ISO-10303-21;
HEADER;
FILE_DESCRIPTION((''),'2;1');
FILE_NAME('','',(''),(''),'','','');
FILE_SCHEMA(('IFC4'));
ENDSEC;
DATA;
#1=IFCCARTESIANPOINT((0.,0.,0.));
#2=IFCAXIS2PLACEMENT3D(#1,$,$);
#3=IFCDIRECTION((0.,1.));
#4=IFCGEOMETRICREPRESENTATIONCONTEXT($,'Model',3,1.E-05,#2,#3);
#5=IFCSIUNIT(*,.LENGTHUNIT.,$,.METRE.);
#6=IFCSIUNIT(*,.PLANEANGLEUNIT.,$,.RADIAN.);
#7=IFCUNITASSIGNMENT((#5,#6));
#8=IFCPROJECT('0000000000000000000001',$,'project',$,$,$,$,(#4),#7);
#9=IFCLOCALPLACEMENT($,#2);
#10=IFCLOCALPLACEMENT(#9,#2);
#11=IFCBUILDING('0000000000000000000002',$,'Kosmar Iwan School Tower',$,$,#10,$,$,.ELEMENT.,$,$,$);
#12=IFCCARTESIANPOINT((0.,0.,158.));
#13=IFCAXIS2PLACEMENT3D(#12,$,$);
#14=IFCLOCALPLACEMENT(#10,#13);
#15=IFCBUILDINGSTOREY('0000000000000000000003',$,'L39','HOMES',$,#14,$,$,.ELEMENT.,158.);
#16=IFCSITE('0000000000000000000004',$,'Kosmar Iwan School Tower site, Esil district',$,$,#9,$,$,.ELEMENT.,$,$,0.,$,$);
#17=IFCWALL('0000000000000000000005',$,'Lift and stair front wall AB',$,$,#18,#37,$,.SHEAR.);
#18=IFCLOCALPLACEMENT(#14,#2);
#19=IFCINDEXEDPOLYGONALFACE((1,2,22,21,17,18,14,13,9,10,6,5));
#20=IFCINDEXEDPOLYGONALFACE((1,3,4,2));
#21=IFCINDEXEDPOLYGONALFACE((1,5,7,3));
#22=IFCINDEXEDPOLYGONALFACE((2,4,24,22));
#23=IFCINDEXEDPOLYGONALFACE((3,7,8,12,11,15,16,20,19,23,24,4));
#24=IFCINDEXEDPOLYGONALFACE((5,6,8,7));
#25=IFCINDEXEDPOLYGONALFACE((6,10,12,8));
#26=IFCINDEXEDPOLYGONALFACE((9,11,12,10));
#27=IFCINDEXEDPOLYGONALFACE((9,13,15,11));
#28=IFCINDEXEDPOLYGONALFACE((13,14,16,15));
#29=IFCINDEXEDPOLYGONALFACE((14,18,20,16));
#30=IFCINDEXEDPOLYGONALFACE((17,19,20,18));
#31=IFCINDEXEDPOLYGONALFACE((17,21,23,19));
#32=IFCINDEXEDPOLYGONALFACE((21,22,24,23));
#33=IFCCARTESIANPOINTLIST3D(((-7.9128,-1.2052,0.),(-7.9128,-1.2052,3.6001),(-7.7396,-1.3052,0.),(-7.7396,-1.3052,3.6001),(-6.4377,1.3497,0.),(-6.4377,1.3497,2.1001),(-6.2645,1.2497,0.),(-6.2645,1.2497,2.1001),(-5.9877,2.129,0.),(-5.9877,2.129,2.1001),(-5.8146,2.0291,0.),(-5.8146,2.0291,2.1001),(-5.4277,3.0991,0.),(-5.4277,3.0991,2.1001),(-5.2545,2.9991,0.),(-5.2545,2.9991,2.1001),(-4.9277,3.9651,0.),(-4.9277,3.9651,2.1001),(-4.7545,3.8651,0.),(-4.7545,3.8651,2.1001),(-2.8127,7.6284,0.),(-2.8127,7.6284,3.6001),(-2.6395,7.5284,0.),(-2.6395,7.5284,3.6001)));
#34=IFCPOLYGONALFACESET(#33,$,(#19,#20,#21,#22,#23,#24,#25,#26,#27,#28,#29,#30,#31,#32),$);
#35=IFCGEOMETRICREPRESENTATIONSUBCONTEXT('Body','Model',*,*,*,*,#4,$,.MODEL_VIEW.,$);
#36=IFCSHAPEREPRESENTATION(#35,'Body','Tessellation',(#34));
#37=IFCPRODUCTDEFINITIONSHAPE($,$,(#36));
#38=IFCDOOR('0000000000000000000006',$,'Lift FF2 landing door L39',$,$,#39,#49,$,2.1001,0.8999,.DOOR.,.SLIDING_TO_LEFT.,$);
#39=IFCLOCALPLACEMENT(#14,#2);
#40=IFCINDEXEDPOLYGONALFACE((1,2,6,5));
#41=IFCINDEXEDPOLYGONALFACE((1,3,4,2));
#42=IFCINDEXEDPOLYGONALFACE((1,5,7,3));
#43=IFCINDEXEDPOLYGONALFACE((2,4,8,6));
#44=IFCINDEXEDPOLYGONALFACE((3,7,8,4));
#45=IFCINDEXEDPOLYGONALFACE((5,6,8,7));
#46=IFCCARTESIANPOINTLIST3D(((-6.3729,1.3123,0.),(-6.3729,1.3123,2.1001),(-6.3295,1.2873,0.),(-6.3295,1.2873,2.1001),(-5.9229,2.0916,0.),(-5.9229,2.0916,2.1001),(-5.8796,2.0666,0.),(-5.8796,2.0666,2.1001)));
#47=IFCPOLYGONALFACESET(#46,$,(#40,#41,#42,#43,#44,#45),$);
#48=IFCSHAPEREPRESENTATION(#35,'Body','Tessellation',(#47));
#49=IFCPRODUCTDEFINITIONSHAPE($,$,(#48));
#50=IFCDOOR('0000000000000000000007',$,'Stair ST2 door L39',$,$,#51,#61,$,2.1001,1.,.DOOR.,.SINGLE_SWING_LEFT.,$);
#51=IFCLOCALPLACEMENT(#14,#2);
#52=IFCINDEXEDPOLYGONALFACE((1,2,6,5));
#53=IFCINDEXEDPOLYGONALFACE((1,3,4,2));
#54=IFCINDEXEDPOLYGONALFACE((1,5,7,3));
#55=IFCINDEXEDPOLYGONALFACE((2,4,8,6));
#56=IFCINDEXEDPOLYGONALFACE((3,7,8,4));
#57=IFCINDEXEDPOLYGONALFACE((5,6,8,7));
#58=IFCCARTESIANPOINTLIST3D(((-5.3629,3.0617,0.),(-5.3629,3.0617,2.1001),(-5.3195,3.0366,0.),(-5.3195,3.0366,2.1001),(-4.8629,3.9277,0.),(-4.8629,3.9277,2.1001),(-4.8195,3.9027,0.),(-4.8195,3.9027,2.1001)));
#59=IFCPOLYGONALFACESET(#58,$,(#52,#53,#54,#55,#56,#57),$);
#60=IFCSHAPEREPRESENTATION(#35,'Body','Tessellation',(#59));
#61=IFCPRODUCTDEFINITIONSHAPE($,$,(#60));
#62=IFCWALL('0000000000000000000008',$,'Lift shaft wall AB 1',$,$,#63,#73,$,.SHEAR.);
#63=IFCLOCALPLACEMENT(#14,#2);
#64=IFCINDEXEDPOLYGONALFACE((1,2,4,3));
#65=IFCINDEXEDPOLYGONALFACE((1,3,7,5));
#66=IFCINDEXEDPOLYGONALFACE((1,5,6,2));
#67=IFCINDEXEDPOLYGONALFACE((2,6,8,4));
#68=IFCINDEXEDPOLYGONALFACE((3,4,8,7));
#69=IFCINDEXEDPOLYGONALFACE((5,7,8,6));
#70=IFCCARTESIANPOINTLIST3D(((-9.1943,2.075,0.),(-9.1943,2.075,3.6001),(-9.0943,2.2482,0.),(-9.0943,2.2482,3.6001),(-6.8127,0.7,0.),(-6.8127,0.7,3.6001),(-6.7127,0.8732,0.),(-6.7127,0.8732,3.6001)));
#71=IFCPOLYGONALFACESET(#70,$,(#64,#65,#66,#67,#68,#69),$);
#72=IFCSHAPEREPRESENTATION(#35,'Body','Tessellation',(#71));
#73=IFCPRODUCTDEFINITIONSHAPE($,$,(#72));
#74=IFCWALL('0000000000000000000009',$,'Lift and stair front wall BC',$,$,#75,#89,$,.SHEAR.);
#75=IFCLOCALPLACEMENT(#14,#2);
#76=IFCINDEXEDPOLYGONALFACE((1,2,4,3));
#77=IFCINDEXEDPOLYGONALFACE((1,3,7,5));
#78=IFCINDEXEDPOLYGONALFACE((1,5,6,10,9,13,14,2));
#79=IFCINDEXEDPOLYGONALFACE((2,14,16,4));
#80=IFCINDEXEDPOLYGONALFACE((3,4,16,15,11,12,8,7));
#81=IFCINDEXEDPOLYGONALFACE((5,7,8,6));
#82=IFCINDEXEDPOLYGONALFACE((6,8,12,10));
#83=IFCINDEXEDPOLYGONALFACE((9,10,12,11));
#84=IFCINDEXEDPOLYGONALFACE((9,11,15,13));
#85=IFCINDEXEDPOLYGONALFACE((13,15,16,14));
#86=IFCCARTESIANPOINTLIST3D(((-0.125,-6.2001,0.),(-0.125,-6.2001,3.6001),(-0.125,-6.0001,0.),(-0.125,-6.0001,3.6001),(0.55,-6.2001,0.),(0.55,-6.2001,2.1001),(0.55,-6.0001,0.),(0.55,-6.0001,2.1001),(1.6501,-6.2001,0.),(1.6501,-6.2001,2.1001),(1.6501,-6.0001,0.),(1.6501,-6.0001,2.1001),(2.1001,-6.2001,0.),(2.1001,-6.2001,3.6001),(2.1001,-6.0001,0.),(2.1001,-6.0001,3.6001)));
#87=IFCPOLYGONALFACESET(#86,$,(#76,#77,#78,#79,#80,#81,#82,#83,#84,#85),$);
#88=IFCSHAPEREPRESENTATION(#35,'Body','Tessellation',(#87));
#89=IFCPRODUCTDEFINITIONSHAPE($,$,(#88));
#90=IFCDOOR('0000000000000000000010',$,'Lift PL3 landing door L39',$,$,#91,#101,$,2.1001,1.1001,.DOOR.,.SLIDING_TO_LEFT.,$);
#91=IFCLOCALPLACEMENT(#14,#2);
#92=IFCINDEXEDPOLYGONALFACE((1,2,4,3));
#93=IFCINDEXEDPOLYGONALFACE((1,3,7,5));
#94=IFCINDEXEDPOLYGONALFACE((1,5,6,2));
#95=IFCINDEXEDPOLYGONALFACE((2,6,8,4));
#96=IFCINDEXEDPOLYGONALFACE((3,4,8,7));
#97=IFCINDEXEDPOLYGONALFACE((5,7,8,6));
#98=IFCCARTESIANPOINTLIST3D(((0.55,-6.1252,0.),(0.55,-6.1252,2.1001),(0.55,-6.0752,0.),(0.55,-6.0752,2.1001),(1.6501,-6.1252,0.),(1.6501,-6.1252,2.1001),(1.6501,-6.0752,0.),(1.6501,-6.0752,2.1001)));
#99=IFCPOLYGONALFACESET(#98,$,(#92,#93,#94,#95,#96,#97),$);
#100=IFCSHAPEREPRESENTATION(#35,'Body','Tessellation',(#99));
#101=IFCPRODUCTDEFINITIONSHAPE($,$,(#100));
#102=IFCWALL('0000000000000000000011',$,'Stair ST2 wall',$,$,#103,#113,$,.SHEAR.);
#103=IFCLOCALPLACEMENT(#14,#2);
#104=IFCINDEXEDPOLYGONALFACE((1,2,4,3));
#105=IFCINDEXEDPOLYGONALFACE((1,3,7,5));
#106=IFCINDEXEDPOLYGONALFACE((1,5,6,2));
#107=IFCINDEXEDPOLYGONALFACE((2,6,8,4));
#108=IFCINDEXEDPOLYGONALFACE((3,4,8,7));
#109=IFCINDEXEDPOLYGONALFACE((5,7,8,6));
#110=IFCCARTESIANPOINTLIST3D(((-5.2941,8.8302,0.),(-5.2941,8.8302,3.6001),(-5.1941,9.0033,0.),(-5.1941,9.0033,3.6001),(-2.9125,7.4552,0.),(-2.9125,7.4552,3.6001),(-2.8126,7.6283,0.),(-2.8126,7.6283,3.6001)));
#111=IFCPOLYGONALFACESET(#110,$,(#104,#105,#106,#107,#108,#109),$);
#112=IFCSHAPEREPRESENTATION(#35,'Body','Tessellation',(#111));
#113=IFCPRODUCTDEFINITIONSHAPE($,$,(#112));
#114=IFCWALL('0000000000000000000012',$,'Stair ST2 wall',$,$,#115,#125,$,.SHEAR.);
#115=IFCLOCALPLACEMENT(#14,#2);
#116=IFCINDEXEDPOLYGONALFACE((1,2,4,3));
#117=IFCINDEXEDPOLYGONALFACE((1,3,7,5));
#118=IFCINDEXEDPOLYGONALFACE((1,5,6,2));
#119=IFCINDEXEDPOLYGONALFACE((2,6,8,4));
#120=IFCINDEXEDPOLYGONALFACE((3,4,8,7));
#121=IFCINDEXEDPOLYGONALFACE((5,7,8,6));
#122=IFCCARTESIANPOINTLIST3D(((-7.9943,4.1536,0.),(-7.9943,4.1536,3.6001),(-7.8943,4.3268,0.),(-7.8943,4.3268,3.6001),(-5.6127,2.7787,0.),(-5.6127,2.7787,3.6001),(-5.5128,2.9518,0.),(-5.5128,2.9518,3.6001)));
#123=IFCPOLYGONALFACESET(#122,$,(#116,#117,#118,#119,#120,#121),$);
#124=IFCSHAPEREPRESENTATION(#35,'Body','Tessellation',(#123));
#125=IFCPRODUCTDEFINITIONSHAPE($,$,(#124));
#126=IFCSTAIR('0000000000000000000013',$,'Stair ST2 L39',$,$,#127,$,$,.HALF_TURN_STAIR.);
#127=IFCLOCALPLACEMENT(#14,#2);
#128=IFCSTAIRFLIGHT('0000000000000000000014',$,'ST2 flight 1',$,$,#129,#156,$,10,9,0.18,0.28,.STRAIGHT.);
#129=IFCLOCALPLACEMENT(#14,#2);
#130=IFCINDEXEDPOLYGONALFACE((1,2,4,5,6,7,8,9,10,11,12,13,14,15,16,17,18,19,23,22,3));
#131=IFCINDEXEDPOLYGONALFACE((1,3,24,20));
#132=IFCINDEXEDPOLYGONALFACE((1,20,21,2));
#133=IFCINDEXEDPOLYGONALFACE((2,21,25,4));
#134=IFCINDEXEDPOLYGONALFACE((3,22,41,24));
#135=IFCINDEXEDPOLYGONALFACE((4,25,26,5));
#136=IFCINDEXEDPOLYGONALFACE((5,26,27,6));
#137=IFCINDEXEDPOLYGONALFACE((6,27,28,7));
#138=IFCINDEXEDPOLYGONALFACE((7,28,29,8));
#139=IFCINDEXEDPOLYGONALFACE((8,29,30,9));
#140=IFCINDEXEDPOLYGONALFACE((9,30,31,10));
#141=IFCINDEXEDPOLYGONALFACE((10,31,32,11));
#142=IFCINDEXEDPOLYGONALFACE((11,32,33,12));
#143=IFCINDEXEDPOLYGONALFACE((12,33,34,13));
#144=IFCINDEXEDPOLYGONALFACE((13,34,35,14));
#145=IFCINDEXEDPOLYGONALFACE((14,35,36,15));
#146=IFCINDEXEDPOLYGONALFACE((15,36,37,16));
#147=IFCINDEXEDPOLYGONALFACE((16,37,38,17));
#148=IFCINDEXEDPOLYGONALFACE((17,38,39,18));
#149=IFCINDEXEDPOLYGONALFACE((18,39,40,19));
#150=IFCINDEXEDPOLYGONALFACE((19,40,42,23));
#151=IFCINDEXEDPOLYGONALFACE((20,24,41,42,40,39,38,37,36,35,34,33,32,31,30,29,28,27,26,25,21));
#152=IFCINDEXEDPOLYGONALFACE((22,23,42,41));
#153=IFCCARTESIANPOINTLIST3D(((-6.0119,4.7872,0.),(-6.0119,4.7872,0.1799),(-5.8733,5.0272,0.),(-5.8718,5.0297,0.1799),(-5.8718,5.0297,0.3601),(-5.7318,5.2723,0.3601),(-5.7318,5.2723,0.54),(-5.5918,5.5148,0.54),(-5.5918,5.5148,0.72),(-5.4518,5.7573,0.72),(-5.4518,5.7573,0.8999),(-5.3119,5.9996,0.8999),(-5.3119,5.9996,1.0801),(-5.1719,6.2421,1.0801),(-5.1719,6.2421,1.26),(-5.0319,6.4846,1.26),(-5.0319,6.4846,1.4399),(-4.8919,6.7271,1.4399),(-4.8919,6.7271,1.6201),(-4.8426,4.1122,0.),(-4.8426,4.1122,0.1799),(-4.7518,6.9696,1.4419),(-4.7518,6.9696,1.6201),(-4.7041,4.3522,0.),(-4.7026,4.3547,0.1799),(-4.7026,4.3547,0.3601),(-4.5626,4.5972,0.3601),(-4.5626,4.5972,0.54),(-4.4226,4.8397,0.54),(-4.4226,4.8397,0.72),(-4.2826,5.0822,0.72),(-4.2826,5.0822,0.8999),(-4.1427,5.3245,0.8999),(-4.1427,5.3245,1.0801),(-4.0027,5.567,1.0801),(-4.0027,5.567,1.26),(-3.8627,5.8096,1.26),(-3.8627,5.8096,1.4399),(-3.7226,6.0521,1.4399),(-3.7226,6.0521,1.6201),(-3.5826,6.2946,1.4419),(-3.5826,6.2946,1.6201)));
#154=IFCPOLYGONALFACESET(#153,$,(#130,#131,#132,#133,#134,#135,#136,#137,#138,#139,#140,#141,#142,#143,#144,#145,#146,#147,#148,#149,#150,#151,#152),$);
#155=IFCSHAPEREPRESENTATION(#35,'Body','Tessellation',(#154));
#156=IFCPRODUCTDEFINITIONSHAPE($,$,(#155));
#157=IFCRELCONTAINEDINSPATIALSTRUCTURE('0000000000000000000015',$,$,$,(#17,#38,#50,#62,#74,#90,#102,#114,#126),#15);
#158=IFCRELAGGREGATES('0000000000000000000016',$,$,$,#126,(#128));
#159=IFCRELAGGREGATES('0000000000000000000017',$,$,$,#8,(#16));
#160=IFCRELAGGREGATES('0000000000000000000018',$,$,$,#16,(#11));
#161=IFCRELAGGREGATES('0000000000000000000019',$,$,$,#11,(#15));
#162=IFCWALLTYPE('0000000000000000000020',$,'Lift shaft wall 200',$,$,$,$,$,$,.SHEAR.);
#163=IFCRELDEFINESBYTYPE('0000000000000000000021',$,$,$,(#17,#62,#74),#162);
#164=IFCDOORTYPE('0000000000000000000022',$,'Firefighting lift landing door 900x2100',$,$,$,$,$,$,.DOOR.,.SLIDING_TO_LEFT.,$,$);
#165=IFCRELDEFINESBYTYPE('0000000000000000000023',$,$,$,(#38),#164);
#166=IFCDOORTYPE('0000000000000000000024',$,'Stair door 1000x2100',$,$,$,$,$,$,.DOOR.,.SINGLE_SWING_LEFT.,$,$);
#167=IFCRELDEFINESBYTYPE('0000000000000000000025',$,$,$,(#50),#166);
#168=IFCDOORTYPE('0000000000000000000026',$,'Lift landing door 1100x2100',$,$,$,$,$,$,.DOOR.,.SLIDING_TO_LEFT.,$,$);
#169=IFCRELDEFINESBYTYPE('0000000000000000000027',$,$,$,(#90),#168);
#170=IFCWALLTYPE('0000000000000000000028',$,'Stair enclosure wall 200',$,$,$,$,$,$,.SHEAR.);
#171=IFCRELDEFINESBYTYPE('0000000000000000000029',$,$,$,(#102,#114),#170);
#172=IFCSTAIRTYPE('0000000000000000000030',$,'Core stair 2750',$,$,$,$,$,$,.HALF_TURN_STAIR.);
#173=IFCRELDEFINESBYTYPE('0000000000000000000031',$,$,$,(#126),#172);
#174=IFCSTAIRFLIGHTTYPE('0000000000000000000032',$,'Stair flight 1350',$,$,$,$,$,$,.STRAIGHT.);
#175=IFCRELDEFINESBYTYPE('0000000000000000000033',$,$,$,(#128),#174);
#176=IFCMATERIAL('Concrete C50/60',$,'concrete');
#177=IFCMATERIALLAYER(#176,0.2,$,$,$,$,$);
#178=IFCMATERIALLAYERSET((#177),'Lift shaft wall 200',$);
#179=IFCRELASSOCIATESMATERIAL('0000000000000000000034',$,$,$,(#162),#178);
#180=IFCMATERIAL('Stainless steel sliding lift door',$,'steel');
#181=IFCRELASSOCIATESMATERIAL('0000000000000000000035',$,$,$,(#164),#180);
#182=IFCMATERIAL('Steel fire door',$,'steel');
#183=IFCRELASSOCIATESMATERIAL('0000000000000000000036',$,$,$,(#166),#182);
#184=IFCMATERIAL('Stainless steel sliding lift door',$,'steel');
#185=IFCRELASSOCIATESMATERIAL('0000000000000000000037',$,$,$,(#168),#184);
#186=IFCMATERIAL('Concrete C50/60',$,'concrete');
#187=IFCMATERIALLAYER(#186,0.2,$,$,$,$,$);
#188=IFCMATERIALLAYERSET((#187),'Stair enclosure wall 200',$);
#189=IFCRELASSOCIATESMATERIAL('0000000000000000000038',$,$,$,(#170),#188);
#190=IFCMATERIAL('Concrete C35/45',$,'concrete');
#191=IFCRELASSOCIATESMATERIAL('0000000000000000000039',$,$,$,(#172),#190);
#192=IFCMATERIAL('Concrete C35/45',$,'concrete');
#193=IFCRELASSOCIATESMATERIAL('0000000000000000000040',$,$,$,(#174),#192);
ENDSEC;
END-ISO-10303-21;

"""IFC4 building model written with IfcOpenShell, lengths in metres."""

from ifc_helpers import new_model, si_unit, direction, frame, frame_2d, origin, place, context, subcontext, project, spatial, polyline, rectangle, outline, extrude, material, layer, layer_set, type_object, element, fill, aggregate, save


model = new_model("IFC4")

# Units and contexts
model_context = context("Model", 3, precision=1e-05, world=origin(), true_north=direction((0.0, 1.0)))
body_context = subcontext(model_context, "Body", "Model", "MODEL_VIEW")
ifc_project = project(units=[si_unit("LENGTHUNIT", "METRE"), si_unit("PLANEANGLEUNIT", "RADIAN")], contexts=[model_context])

# Site, building, storey
site_placement = place(None, origin())
site = spatial("IfcSite", under=ifc_project, at=site_placement, Name="Kosmar Iwan School Tower site, Esil district", CompositionType="ELEMENT", RefElevation=0.0)
building_placement = place(site_placement, origin())
building = spatial("IfcBuilding", under=site, at=building_placement, Name="Kosmar Iwan School Tower", CompositionType="ELEMENT")
storey_placement = place(building_placement, frame((0.0, 0.0, 158.0)))
storey = spatial("IfcBuildingStorey", under=building, at=storey_placement, Name="L39", Description="HOMES", CompositionType="ELEMENT", Elevation=158.0)

# Wall, openings, doors
ifc_material_1 = material(Name="Concrete C50/60", Category="concrete")
ifc_layer_1 = layer(ifc_material_1, 0.2)
ifc_layer_set_1 = layer_set([ifc_layer_1], Name="Lift shaft wall 200")
wall_type_1 = type_object("IfcWallType", Name="Lift shaft wall 200", PredefinedType="SHEAR", material=ifc_layer_set_1)
wall_1_placement = place(storey_placement, frame((-2.7261, 7.5784, 0.0), z_axis=(0.0, 0.0, 1.0), x_axis=(-0.500006, -0.866022, 0.0)))
wall_1 = element("IfcWall", 1, at=wall_1_placement, inside=storey, type_object=wall_type_1, Name="Lift and stair front wall AB", PredefinedType="SHEAR", context=body_context, shape_type="SweptSolid", body=[
    extrude(rectangle(XDim=10.2002, YDim=0.2, at=frame_2d((5.1001, 0.0))), origin(), (0.0, 0.0, 1.0), 3.6001),
])
opening_1_placement = place(wall_1_placement, frame((6.3501, 0.0, 0.0)))
opening_1 = element("IfcOpeningElement", 2, at=opening_1_placement, cuts=wall_1, PredefinedType="OPENING", context=body_context, shape_type="SweptSolid", body=[
    extrude(rectangle(XDim=0.8999, YDim=2.1001, at=frame_2d((0.45, 1.05))), frame((0.0, 0.1121, 0.0), z_axis=(0.0, -1.0, 0.0), x_axis=(1.0, 0.0, 0.0)), (0.0, 0.0, 1.0), 0.2239),
])
opening_2_placement = place(wall_1_placement, frame((4.23, 0.0, 0.0)))
opening_2 = element("IfcOpeningElement", 3, at=opening_2_placement, cuts=wall_1, PredefinedType="OPENING", context=body_context, shape_type="SweptSolid", body=[
    extrude(rectangle(XDim=1.0, YDim=2.1001, at=frame_2d((0.5, 1.05))), frame((0.0, 0.1121, 0.0), z_axis=(0.0, -1.0, 0.0), x_axis=(1.0, 0.0, 0.0)), (0.0, 0.0, 1.0), 0.2239),
])
ifc_material_2 = material(Name="Stainless steel sliding lift door", Category="steel")
door_type_1 = type_object("IfcDoorType", Name="Firefighting lift landing door 900x2100", OperationType="SLIDING_TO_LEFT", PredefinedType="DOOR", material=ifc_material_2)
door_1_placement = place(opening_1_placement, origin())
door_1 = element("IfcDoor", 4, at=door_1_placement, inside=storey, type_object=door_type_1, Name="Lift FF2 landing door L39", OperationType="SLIDING_TO_LEFT", OverallHeight=2.1001, OverallWidth=0.8999, PredefinedType="DOOR", context=body_context, shape_type="SweptSolid", body=[
    extrude(rectangle(XDim=0.8999, YDim=2.1001, at=frame_2d((0.45, 1.05))), frame((0.0, 0.0249, 0.0), z_axis=(0.0, -1.0, 0.0), x_axis=(1.0, 0.0, 0.0)), (0.0, 0.0, 1.0), 0.05),
])
fill(opening_1, door_1)
ifc_material_3 = material(Name="Steel fire door", Category="steel")
door_type_2 = type_object("IfcDoorType", Name="Stair door 1000x2100", OperationType="SINGLE_SWING_LEFT", PredefinedType="DOOR", material=ifc_material_3)
door_2_placement = place(opening_2_placement, origin())
door_2 = element("IfcDoor", 5, at=door_2_placement, inside=storey, type_object=door_type_2, Name="Stair ST2 door L39", OperationType="SINGLE_SWING_LEFT", OverallHeight=2.1001, OverallWidth=1.0, PredefinedType="DOOR", context=body_context, shape_type="SweptSolid", body=[
    extrude(rectangle(XDim=1.0, YDim=2.1001, at=frame_2d((0.5, 1.05))), frame((0.0, 0.0249, 0.0), z_axis=(0.0, -1.0, 0.0), x_axis=(1.0, 0.0, 0.0)), (0.0, 0.0, 1.0), 0.05),
])
fill(opening_2, door_2)

# Wall
wall_2_placement = place(storey_placement, frame((-6.7627, 0.7866, 0.0), z_axis=(0.0, 0.0, 1.0), x_axis=(-0.866027, 0.499997, 0.0)))
element("IfcWall", 6, at=wall_2_placement, inside=storey, type_object=wall_type_1, Name="Lift shaft wall AB 1", PredefinedType="SHEAR", context=body_context, shape_type="SweptSolid", body=[
    extrude(rectangle(XDim=2.75, YDim=0.2, at=frame_2d((1.375, 0.0))), origin(), (0.0, 0.0, 1.0), 3.6001),
])

# Wall, opening, door
wall_3_placement = place(storey_placement, frame((-0.125, -6.1001, 0.0), z_axis=(0.0, 0.0, 1.0), x_axis=(1.0, 0.0, 0.0)))
wall_3 = element("IfcWall", 7, at=wall_3_placement, inside=storey, type_object=wall_type_1, Name="Lift and stair front wall BC", PredefinedType="SHEAR", context=body_context, shape_type="SweptSolid", body=[
    extrude(rectangle(XDim=2.2251, YDim=0.2, at=frame_2d((1.1125, 0.0))), origin(), (0.0, 0.0, 1.0), 3.6001),
])
opening_3_placement = place(wall_3_placement, frame((0.675, 0.0, 0.0)))
opening_3 = element("IfcOpeningElement", 8, at=opening_3_placement, cuts=wall_3, PredefinedType="OPENING", context=body_context, shape_type="SweptSolid", body=[
    extrude(rectangle(XDim=1.1001, YDim=2.1001, at=frame_2d((0.55, 1.05))), frame((0.0, 0.1121, 0.0), z_axis=(0.0, -1.0, 0.0), x_axis=(1.0, 0.0, 0.0)), (0.0, 0.0, 1.0), 0.2239),
])
ifc_material_4 = material(Name="Stainless steel sliding lift door", Category="steel")
door_type_3 = type_object("IfcDoorType", Name="Lift landing door 1100x2100", OperationType="SLIDING_TO_LEFT", PredefinedType="DOOR", material=ifc_material_4)
door_3_placement = place(opening_3_placement, origin())
door_3 = element("IfcDoor", 9, at=door_3_placement, inside=storey, type_object=door_type_3, Name="Lift PL3 landing door L39", OperationType="SLIDING_TO_LEFT", OverallHeight=2.1001, OverallWidth=1.1001, PredefinedType="DOOR", context=body_context, shape_type="SweptSolid", body=[
    extrude(rectangle(XDim=1.1001, YDim=2.1001, at=frame_2d((0.55, 1.05))), frame((0.0, 0.0249, 0.0), z_axis=(0.0, -1.0, 0.0), x_axis=(1.0, 0.0, 0.0)), (0.0, 0.0, 1.0), 0.05),
])
fill(opening_3, door_3)

# Walls
ifc_material_5 = material(Name="Concrete C50/60", Category="concrete")
ifc_layer_2 = layer(ifc_material_5, 0.2)
ifc_layer_set_2 = layer_set([ifc_layer_2], Name="Stair enclosure wall 200")
wall_type_2 = type_object("IfcWallType", Name="Stair enclosure wall 200", PredefinedType="SHEAR", material=ifc_layer_set_2)
for number, where, z_axis, x_axis, name in (
    (10, (-2.8625, 7.5417, 0.0), (0.0, 0.0, 1.0), (-0.866027, 0.499997, 0.0), "Stair ST2 wall"),
    (11, (-5.5627, 2.8652, 0.0), (0.0, 0.0, 1.0), (-0.866027, 0.499997, 0.0), "Stair ST2 wall"),
):
    element("IfcWall", number, at=place(storey_placement, frame(where, z_axis=z_axis, x_axis=x_axis)), inside=storey, type_object=wall_type_2, Name=name, PredefinedType="SHEAR", context=body_context, shape_type="SweptSolid", body=[
        extrude(rectangle(XDim=2.75, YDim=0.2, at=frame_2d((1.375, 0.0))), origin(), (0.0, 0.0, 1.0), 3.6001),
    ])

# Stair, stair flight
ifc_material_6 = material(Name="Concrete C35/45", Category="concrete")
stair_type = type_object("IfcStairType", Name="Core stair 2750", PredefinedType="HALF_TURN_STAIR", material=ifc_material_6)
stair_placement = place(storey_placement, origin())
stair = element("IfcStair", 12, at=stair_placement, inside=storey, type_object=stair_type, Name="Stair ST2 L39", PredefinedType="HALF_TURN_STAIR")
ifc_material_7 = material(Name="Concrete C35/45", Category="concrete")
stair_flight_type = type_object("IfcStairFlightType", Name="Stair flight 1350", PredefinedType="STRAIGHT", material=ifc_material_7)
stair_flight_1_placement = place(storey_placement, frame((-5.4272, 4.4497, 0.0), z_axis=(0.0, 0.0, 1.0), x_axis=(0.5, 0.866025, 0.0)))
stair_flight_1 = element("IfcStairFlight", 13, at=stair_flight_1_placement, type_object=stair_flight_type, Name="ST2 flight 1", NumberOfRisers=10, NumberOfTreads=9, PredefinedType="STRAIGHT", RiserHeight=0.18, TreadLength=0.28, context=body_context, shape_type="SweptSolid", body=[
    extrude(outline(polyline([(0.0, 0.0), (0.0, 0.1799), (0.28, 0.1799), (0.28, 0.3601), (0.5601, 0.3601), (0.5601, 0.54), (0.8401, 0.54), (0.8401, 0.72), (1.1201, 0.72), (1.1201, 0.8999), (1.3999, 0.8999), (1.3999, 1.0801), (1.6799, 1.0801), (1.6799, 1.26), (1.96, 1.26), (1.96, 1.4399), (2.24, 1.4399), (2.24, 1.6201), (2.52, 1.6201), (2.52, 1.8), (2.52, 1.4419), (0.2771, 0.0), (0.0, 0.0)])), frame((0.0, 0.675, 0.0), z_axis=(0.0, -1.0, 0.0), x_axis=(1.0, 0.0, 0.0)), (0.0, 0.0, 1.0), 1.3501),
])
aggregate(stair, [stair_flight_1])

save(model, "model.ifc")
